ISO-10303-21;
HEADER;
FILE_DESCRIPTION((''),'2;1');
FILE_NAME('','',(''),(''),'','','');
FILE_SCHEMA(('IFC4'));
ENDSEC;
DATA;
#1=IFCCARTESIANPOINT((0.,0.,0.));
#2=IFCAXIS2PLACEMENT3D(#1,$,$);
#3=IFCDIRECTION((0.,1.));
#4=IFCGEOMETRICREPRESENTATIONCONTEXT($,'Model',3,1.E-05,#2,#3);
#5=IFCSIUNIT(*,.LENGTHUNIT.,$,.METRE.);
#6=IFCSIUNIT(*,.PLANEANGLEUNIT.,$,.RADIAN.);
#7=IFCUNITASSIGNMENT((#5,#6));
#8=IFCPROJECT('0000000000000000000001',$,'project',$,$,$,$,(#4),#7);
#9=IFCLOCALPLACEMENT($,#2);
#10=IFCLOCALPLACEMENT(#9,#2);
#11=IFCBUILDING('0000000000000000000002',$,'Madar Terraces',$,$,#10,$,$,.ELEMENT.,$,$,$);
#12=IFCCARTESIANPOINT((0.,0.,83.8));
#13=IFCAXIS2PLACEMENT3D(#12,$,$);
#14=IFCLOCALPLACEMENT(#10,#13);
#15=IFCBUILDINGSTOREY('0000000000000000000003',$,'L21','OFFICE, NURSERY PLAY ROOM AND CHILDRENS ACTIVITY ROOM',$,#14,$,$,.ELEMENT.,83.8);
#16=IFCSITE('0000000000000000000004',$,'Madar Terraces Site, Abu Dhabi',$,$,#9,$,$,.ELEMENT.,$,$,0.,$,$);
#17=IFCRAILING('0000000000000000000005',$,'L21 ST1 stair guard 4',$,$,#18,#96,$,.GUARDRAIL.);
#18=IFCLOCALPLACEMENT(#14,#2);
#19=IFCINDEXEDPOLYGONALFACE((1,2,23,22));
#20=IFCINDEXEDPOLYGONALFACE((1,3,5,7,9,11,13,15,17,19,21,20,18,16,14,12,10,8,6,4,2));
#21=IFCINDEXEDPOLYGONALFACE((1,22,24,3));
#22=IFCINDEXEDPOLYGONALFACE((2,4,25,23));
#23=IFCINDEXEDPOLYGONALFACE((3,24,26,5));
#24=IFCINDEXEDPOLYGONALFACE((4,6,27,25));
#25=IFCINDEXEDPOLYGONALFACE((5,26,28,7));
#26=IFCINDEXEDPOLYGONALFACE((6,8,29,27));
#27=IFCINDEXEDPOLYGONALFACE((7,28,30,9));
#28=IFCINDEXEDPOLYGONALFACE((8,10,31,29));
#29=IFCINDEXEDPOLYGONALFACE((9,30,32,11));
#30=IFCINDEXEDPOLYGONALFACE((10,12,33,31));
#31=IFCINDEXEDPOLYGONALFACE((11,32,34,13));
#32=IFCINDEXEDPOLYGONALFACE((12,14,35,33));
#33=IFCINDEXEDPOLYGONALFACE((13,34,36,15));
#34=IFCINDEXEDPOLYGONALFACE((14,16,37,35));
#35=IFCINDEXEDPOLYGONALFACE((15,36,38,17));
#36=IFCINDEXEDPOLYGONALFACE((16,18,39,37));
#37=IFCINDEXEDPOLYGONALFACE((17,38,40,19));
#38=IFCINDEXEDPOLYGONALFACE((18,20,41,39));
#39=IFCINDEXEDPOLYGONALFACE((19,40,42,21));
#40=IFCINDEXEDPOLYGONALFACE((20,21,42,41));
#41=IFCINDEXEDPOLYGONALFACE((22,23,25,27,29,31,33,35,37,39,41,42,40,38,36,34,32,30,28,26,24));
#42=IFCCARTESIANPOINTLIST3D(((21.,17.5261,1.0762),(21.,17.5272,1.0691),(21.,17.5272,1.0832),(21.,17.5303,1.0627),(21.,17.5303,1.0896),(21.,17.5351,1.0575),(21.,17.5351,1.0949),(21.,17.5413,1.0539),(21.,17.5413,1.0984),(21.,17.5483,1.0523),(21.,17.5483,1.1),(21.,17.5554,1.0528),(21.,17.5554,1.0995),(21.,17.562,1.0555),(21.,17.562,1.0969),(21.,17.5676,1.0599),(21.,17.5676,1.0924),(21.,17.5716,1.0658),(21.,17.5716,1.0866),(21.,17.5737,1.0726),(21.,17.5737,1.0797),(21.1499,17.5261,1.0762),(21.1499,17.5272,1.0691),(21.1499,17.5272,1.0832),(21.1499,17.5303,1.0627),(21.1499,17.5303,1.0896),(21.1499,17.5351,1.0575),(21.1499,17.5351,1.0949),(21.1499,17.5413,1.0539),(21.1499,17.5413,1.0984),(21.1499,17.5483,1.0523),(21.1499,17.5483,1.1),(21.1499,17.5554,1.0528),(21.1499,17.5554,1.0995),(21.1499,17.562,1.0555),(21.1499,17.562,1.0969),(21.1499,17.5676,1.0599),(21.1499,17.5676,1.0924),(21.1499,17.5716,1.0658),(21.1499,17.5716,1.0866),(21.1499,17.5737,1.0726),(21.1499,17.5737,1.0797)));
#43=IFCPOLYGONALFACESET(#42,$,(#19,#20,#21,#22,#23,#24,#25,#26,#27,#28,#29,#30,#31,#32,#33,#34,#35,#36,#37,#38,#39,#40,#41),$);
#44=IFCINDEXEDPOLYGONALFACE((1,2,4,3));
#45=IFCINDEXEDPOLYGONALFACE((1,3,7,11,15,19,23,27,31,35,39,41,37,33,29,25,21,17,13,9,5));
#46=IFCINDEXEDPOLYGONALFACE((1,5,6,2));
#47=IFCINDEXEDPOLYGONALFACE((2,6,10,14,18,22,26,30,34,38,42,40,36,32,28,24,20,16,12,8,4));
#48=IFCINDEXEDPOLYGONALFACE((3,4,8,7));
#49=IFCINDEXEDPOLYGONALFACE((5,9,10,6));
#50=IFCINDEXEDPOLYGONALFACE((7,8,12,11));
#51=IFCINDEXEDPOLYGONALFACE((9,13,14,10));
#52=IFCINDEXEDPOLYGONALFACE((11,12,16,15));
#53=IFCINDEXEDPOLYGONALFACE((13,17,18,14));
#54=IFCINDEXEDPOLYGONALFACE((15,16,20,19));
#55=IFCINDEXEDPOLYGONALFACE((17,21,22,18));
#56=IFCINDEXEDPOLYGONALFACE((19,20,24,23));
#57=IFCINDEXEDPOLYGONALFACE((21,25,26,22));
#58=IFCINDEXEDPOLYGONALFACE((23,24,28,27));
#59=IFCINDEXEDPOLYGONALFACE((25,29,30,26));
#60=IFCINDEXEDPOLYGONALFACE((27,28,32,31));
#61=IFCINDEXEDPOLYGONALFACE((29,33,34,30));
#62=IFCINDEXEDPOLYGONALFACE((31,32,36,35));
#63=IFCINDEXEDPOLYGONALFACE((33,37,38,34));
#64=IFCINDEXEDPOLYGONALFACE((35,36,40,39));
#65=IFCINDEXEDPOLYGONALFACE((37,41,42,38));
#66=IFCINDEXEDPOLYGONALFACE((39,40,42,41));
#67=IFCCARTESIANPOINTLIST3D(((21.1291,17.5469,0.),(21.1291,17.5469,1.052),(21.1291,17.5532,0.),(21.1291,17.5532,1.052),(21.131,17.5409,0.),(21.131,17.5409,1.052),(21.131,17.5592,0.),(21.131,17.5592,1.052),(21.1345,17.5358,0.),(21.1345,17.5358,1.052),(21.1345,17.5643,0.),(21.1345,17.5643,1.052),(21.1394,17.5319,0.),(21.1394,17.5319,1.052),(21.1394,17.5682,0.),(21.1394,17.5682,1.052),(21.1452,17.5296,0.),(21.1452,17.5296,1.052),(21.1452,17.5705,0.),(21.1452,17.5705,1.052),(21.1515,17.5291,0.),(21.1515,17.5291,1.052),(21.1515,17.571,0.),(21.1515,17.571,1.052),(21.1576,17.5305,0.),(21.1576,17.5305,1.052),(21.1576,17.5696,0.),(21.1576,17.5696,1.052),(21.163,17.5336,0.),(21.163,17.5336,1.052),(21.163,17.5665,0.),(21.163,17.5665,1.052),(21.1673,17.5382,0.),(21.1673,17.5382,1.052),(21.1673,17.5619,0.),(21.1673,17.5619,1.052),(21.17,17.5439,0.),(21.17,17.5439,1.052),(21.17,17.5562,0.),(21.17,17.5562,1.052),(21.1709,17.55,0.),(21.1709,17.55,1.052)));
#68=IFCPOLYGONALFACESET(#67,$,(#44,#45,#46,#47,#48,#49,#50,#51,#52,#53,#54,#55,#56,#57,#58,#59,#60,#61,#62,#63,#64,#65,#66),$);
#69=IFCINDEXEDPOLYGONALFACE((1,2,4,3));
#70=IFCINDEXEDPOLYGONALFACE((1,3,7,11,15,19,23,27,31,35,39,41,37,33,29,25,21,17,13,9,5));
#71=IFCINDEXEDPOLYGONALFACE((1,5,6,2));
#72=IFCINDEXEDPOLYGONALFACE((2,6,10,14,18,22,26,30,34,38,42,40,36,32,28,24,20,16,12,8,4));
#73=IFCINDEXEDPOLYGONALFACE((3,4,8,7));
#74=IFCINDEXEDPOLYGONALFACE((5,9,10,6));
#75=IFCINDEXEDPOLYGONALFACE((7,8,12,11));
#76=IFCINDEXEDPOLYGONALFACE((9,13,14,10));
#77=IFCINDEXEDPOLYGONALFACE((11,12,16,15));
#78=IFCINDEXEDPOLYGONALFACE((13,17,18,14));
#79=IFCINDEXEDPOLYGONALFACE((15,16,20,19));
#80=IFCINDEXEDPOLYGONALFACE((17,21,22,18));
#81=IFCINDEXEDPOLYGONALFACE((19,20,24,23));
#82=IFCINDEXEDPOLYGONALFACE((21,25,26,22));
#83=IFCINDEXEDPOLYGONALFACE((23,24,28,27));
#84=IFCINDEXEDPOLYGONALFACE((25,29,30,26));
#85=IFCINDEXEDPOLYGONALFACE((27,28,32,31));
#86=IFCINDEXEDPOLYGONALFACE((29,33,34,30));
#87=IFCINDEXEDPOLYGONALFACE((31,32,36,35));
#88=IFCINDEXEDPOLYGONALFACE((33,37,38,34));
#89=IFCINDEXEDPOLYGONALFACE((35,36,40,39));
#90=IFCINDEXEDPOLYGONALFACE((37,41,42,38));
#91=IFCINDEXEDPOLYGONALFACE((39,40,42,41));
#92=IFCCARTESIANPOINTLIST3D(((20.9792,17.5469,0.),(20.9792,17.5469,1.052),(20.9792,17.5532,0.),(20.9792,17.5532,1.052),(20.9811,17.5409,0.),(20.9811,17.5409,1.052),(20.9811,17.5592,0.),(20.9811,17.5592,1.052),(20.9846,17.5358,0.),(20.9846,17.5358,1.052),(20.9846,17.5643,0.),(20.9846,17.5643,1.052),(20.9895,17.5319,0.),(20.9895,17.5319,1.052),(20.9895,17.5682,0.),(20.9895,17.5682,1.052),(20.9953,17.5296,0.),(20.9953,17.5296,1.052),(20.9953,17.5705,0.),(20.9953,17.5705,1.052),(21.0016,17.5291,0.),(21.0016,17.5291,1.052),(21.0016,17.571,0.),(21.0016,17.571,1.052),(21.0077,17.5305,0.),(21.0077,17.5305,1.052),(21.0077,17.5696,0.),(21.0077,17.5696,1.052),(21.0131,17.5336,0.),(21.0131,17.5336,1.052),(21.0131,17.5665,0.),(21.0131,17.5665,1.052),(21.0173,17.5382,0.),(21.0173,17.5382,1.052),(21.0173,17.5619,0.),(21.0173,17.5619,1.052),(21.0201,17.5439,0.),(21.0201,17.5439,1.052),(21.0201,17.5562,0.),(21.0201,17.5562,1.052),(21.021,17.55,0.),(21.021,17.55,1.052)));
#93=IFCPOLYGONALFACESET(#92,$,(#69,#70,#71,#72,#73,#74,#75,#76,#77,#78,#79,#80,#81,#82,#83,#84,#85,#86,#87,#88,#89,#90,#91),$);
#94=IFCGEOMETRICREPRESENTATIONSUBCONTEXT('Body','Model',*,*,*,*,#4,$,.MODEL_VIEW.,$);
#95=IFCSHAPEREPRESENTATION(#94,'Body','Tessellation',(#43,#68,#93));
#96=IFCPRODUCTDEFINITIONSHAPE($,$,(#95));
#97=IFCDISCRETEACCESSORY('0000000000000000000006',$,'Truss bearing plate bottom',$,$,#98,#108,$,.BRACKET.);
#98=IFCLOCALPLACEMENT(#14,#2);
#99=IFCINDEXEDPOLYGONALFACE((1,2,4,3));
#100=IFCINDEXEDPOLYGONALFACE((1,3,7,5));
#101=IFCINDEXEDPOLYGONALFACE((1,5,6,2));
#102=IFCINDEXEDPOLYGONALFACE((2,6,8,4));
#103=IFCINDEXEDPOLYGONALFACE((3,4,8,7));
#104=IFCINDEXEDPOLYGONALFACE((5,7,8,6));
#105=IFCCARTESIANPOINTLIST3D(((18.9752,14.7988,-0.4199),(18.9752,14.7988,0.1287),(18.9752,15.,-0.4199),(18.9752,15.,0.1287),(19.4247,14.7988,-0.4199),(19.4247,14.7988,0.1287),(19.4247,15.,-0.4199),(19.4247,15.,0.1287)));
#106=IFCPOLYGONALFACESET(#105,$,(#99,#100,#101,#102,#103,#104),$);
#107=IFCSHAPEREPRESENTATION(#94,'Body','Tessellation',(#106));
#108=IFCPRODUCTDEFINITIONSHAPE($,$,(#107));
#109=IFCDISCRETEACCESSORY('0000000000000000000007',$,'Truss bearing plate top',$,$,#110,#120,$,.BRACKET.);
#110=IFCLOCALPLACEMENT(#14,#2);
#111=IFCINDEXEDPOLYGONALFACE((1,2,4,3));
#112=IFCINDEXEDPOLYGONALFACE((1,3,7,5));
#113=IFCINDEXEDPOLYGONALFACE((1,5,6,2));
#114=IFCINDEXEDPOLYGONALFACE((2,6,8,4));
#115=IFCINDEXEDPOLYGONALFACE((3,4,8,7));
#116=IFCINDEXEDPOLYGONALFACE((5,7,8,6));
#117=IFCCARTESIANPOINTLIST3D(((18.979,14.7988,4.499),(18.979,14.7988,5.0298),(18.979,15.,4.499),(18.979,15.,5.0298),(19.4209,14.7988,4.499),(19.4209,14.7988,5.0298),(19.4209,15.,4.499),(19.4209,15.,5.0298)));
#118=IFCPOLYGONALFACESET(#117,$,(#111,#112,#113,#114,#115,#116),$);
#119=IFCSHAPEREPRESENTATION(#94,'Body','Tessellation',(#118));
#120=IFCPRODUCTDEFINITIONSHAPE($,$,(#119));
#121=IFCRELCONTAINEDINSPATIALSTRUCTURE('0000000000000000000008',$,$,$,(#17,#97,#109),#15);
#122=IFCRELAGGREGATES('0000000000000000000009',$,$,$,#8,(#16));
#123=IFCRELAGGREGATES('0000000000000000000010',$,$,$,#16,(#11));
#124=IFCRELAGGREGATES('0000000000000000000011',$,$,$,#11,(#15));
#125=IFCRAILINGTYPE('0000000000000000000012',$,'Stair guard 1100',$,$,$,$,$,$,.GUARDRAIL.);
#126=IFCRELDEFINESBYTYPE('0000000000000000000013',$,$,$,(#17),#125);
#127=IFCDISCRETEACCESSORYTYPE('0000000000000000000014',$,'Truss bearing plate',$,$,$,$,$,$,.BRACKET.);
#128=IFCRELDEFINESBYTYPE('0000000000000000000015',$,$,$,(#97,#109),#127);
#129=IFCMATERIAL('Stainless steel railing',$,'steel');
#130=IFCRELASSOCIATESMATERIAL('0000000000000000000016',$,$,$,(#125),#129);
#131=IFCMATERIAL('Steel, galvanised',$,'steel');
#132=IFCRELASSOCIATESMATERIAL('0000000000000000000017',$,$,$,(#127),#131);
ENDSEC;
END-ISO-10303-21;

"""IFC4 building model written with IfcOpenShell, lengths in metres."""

from ifc_helpers import new_model, si_unit, direction, frame, origin, origin_2d, place, context, subcontext, project, spatial, rectangle, circle, extrude, material, type_object, element, save


model = new_model("IFC4")

# Units and contexts
model_context = context("Model", 3, precision=1e-05, world=origin(), true_north=direction((0.0, 1.0)))
body_context = subcontext(model_context, "Body", "Model", "MODEL_VIEW")
ifc_project = project(units=[si_unit("LENGTHUNIT", "METRE"), si_unit("PLANEANGLEUNIT", "RADIAN")], contexts=[model_context])

# Site, building, storey
site_placement = place(None, origin())
site = spatial("IfcSite", under=ifc_project, at=site_placement, Name="Madar Terraces Site, Abu Dhabi", CompositionType="ELEMENT", RefElevation=0.0)
building_placement = place(site_placement, origin())
building = spatial("IfcBuilding", under=site, at=building_placement, Name="Madar Terraces", CompositionType="ELEMENT")
storey_placement = place(building_placement, frame((0.0, 0.0, 83.8)))
storey = spatial("IfcBuildingStorey", under=building, at=storey_placement, Name="L21", Description="OFFICE, NURSERY PLAY ROOM AND CHILDRENS ACTIVITY ROOM", CompositionType="ELEMENT", Elevation=83.8)

# Railing
ifc_material_1 = material(Name="Stainless steel railing", Category="steel")
railing_type_1 = type_object("IfcRailingType", Name="Stair guard 1100", PredefinedType="GUARDRAIL", material=ifc_material_1)
railing_1_placement = place(storey_placement, frame((21.1499, 17.55, 0.0)))
element("IfcRailing", 1, at=railing_1_placement, inside=storey, type_object=railing_type_1, Name="L21 ST1 stair guard 4", PredefinedType="GUARDRAIL", context=body_context, shape_type="SweptSolid", body=[
    extrude(circle(Radius=0.0239, at=origin_2d()), frame((0.0, 0.0, 1.0762), z_axis=(-1.0, 0.0, 0.0), x_axis=(0.0, -1.0, 0.0)), (0.0, 0.0, 1.0), 0.1499),
    extrude(circle(Radius=0.021, at=origin_2d()), origin(), (0.0, 0.0, 1.0), 1.052),
    extrude(circle(Radius=0.021, at=origin_2d()), frame((-0.1499, 0.0, 0.0)), (0.0, 0.0, 1.0), 1.052),
])

# Discrete accessories
ifc_material_2 = material(Name="Steel, galvanised", Category="steel")
discrete_accessory_type = type_object("IfcDiscreteAccessoryType", Name="Truss bearing plate", PredefinedType="BRACKET", material=ifc_material_2)
discrete_accessory_1_placement = place(storey_placement, frame((19.2, 14.8994, -0.4199), z_axis=(0.0, 0.0, 1.0), x_axis=(1.0, 0.0, 0.0)))
element("IfcDiscreteAccessory", 2, at=discrete_accessory_1_placement, inside=storey, type_object=discrete_accessory_type, Name="Truss bearing plate bottom", PredefinedType="BRACKET", context=body_context, shape_type="SweptSolid", body=[
    extrude(rectangle(XDim=0.4495, YDim=0.2012, at=origin_2d()), origin(), (0.0, 0.0, 1.0), 0.5486),
])
discrete_accessory_2_placement = place(storey_placement, frame((19.2, 14.8994, 4.499), z_axis=(0.0, 0.0, 1.0), x_axis=(1.0, 0.0, 0.0)))
element("IfcDiscreteAccessory", 3, at=discrete_accessory_2_placement, inside=storey, type_object=discrete_accessory_type, Name="Truss bearing plate top", PredefinedType="BRACKET", context=body_context, shape_type="SweptSolid", body=[
    extrude(rectangle(XDim=0.4419, YDim=0.2012, at=origin_2d()), origin(), (0.0, 0.0, 1.0), 0.5308),
])

save(model, "model.ifc")
